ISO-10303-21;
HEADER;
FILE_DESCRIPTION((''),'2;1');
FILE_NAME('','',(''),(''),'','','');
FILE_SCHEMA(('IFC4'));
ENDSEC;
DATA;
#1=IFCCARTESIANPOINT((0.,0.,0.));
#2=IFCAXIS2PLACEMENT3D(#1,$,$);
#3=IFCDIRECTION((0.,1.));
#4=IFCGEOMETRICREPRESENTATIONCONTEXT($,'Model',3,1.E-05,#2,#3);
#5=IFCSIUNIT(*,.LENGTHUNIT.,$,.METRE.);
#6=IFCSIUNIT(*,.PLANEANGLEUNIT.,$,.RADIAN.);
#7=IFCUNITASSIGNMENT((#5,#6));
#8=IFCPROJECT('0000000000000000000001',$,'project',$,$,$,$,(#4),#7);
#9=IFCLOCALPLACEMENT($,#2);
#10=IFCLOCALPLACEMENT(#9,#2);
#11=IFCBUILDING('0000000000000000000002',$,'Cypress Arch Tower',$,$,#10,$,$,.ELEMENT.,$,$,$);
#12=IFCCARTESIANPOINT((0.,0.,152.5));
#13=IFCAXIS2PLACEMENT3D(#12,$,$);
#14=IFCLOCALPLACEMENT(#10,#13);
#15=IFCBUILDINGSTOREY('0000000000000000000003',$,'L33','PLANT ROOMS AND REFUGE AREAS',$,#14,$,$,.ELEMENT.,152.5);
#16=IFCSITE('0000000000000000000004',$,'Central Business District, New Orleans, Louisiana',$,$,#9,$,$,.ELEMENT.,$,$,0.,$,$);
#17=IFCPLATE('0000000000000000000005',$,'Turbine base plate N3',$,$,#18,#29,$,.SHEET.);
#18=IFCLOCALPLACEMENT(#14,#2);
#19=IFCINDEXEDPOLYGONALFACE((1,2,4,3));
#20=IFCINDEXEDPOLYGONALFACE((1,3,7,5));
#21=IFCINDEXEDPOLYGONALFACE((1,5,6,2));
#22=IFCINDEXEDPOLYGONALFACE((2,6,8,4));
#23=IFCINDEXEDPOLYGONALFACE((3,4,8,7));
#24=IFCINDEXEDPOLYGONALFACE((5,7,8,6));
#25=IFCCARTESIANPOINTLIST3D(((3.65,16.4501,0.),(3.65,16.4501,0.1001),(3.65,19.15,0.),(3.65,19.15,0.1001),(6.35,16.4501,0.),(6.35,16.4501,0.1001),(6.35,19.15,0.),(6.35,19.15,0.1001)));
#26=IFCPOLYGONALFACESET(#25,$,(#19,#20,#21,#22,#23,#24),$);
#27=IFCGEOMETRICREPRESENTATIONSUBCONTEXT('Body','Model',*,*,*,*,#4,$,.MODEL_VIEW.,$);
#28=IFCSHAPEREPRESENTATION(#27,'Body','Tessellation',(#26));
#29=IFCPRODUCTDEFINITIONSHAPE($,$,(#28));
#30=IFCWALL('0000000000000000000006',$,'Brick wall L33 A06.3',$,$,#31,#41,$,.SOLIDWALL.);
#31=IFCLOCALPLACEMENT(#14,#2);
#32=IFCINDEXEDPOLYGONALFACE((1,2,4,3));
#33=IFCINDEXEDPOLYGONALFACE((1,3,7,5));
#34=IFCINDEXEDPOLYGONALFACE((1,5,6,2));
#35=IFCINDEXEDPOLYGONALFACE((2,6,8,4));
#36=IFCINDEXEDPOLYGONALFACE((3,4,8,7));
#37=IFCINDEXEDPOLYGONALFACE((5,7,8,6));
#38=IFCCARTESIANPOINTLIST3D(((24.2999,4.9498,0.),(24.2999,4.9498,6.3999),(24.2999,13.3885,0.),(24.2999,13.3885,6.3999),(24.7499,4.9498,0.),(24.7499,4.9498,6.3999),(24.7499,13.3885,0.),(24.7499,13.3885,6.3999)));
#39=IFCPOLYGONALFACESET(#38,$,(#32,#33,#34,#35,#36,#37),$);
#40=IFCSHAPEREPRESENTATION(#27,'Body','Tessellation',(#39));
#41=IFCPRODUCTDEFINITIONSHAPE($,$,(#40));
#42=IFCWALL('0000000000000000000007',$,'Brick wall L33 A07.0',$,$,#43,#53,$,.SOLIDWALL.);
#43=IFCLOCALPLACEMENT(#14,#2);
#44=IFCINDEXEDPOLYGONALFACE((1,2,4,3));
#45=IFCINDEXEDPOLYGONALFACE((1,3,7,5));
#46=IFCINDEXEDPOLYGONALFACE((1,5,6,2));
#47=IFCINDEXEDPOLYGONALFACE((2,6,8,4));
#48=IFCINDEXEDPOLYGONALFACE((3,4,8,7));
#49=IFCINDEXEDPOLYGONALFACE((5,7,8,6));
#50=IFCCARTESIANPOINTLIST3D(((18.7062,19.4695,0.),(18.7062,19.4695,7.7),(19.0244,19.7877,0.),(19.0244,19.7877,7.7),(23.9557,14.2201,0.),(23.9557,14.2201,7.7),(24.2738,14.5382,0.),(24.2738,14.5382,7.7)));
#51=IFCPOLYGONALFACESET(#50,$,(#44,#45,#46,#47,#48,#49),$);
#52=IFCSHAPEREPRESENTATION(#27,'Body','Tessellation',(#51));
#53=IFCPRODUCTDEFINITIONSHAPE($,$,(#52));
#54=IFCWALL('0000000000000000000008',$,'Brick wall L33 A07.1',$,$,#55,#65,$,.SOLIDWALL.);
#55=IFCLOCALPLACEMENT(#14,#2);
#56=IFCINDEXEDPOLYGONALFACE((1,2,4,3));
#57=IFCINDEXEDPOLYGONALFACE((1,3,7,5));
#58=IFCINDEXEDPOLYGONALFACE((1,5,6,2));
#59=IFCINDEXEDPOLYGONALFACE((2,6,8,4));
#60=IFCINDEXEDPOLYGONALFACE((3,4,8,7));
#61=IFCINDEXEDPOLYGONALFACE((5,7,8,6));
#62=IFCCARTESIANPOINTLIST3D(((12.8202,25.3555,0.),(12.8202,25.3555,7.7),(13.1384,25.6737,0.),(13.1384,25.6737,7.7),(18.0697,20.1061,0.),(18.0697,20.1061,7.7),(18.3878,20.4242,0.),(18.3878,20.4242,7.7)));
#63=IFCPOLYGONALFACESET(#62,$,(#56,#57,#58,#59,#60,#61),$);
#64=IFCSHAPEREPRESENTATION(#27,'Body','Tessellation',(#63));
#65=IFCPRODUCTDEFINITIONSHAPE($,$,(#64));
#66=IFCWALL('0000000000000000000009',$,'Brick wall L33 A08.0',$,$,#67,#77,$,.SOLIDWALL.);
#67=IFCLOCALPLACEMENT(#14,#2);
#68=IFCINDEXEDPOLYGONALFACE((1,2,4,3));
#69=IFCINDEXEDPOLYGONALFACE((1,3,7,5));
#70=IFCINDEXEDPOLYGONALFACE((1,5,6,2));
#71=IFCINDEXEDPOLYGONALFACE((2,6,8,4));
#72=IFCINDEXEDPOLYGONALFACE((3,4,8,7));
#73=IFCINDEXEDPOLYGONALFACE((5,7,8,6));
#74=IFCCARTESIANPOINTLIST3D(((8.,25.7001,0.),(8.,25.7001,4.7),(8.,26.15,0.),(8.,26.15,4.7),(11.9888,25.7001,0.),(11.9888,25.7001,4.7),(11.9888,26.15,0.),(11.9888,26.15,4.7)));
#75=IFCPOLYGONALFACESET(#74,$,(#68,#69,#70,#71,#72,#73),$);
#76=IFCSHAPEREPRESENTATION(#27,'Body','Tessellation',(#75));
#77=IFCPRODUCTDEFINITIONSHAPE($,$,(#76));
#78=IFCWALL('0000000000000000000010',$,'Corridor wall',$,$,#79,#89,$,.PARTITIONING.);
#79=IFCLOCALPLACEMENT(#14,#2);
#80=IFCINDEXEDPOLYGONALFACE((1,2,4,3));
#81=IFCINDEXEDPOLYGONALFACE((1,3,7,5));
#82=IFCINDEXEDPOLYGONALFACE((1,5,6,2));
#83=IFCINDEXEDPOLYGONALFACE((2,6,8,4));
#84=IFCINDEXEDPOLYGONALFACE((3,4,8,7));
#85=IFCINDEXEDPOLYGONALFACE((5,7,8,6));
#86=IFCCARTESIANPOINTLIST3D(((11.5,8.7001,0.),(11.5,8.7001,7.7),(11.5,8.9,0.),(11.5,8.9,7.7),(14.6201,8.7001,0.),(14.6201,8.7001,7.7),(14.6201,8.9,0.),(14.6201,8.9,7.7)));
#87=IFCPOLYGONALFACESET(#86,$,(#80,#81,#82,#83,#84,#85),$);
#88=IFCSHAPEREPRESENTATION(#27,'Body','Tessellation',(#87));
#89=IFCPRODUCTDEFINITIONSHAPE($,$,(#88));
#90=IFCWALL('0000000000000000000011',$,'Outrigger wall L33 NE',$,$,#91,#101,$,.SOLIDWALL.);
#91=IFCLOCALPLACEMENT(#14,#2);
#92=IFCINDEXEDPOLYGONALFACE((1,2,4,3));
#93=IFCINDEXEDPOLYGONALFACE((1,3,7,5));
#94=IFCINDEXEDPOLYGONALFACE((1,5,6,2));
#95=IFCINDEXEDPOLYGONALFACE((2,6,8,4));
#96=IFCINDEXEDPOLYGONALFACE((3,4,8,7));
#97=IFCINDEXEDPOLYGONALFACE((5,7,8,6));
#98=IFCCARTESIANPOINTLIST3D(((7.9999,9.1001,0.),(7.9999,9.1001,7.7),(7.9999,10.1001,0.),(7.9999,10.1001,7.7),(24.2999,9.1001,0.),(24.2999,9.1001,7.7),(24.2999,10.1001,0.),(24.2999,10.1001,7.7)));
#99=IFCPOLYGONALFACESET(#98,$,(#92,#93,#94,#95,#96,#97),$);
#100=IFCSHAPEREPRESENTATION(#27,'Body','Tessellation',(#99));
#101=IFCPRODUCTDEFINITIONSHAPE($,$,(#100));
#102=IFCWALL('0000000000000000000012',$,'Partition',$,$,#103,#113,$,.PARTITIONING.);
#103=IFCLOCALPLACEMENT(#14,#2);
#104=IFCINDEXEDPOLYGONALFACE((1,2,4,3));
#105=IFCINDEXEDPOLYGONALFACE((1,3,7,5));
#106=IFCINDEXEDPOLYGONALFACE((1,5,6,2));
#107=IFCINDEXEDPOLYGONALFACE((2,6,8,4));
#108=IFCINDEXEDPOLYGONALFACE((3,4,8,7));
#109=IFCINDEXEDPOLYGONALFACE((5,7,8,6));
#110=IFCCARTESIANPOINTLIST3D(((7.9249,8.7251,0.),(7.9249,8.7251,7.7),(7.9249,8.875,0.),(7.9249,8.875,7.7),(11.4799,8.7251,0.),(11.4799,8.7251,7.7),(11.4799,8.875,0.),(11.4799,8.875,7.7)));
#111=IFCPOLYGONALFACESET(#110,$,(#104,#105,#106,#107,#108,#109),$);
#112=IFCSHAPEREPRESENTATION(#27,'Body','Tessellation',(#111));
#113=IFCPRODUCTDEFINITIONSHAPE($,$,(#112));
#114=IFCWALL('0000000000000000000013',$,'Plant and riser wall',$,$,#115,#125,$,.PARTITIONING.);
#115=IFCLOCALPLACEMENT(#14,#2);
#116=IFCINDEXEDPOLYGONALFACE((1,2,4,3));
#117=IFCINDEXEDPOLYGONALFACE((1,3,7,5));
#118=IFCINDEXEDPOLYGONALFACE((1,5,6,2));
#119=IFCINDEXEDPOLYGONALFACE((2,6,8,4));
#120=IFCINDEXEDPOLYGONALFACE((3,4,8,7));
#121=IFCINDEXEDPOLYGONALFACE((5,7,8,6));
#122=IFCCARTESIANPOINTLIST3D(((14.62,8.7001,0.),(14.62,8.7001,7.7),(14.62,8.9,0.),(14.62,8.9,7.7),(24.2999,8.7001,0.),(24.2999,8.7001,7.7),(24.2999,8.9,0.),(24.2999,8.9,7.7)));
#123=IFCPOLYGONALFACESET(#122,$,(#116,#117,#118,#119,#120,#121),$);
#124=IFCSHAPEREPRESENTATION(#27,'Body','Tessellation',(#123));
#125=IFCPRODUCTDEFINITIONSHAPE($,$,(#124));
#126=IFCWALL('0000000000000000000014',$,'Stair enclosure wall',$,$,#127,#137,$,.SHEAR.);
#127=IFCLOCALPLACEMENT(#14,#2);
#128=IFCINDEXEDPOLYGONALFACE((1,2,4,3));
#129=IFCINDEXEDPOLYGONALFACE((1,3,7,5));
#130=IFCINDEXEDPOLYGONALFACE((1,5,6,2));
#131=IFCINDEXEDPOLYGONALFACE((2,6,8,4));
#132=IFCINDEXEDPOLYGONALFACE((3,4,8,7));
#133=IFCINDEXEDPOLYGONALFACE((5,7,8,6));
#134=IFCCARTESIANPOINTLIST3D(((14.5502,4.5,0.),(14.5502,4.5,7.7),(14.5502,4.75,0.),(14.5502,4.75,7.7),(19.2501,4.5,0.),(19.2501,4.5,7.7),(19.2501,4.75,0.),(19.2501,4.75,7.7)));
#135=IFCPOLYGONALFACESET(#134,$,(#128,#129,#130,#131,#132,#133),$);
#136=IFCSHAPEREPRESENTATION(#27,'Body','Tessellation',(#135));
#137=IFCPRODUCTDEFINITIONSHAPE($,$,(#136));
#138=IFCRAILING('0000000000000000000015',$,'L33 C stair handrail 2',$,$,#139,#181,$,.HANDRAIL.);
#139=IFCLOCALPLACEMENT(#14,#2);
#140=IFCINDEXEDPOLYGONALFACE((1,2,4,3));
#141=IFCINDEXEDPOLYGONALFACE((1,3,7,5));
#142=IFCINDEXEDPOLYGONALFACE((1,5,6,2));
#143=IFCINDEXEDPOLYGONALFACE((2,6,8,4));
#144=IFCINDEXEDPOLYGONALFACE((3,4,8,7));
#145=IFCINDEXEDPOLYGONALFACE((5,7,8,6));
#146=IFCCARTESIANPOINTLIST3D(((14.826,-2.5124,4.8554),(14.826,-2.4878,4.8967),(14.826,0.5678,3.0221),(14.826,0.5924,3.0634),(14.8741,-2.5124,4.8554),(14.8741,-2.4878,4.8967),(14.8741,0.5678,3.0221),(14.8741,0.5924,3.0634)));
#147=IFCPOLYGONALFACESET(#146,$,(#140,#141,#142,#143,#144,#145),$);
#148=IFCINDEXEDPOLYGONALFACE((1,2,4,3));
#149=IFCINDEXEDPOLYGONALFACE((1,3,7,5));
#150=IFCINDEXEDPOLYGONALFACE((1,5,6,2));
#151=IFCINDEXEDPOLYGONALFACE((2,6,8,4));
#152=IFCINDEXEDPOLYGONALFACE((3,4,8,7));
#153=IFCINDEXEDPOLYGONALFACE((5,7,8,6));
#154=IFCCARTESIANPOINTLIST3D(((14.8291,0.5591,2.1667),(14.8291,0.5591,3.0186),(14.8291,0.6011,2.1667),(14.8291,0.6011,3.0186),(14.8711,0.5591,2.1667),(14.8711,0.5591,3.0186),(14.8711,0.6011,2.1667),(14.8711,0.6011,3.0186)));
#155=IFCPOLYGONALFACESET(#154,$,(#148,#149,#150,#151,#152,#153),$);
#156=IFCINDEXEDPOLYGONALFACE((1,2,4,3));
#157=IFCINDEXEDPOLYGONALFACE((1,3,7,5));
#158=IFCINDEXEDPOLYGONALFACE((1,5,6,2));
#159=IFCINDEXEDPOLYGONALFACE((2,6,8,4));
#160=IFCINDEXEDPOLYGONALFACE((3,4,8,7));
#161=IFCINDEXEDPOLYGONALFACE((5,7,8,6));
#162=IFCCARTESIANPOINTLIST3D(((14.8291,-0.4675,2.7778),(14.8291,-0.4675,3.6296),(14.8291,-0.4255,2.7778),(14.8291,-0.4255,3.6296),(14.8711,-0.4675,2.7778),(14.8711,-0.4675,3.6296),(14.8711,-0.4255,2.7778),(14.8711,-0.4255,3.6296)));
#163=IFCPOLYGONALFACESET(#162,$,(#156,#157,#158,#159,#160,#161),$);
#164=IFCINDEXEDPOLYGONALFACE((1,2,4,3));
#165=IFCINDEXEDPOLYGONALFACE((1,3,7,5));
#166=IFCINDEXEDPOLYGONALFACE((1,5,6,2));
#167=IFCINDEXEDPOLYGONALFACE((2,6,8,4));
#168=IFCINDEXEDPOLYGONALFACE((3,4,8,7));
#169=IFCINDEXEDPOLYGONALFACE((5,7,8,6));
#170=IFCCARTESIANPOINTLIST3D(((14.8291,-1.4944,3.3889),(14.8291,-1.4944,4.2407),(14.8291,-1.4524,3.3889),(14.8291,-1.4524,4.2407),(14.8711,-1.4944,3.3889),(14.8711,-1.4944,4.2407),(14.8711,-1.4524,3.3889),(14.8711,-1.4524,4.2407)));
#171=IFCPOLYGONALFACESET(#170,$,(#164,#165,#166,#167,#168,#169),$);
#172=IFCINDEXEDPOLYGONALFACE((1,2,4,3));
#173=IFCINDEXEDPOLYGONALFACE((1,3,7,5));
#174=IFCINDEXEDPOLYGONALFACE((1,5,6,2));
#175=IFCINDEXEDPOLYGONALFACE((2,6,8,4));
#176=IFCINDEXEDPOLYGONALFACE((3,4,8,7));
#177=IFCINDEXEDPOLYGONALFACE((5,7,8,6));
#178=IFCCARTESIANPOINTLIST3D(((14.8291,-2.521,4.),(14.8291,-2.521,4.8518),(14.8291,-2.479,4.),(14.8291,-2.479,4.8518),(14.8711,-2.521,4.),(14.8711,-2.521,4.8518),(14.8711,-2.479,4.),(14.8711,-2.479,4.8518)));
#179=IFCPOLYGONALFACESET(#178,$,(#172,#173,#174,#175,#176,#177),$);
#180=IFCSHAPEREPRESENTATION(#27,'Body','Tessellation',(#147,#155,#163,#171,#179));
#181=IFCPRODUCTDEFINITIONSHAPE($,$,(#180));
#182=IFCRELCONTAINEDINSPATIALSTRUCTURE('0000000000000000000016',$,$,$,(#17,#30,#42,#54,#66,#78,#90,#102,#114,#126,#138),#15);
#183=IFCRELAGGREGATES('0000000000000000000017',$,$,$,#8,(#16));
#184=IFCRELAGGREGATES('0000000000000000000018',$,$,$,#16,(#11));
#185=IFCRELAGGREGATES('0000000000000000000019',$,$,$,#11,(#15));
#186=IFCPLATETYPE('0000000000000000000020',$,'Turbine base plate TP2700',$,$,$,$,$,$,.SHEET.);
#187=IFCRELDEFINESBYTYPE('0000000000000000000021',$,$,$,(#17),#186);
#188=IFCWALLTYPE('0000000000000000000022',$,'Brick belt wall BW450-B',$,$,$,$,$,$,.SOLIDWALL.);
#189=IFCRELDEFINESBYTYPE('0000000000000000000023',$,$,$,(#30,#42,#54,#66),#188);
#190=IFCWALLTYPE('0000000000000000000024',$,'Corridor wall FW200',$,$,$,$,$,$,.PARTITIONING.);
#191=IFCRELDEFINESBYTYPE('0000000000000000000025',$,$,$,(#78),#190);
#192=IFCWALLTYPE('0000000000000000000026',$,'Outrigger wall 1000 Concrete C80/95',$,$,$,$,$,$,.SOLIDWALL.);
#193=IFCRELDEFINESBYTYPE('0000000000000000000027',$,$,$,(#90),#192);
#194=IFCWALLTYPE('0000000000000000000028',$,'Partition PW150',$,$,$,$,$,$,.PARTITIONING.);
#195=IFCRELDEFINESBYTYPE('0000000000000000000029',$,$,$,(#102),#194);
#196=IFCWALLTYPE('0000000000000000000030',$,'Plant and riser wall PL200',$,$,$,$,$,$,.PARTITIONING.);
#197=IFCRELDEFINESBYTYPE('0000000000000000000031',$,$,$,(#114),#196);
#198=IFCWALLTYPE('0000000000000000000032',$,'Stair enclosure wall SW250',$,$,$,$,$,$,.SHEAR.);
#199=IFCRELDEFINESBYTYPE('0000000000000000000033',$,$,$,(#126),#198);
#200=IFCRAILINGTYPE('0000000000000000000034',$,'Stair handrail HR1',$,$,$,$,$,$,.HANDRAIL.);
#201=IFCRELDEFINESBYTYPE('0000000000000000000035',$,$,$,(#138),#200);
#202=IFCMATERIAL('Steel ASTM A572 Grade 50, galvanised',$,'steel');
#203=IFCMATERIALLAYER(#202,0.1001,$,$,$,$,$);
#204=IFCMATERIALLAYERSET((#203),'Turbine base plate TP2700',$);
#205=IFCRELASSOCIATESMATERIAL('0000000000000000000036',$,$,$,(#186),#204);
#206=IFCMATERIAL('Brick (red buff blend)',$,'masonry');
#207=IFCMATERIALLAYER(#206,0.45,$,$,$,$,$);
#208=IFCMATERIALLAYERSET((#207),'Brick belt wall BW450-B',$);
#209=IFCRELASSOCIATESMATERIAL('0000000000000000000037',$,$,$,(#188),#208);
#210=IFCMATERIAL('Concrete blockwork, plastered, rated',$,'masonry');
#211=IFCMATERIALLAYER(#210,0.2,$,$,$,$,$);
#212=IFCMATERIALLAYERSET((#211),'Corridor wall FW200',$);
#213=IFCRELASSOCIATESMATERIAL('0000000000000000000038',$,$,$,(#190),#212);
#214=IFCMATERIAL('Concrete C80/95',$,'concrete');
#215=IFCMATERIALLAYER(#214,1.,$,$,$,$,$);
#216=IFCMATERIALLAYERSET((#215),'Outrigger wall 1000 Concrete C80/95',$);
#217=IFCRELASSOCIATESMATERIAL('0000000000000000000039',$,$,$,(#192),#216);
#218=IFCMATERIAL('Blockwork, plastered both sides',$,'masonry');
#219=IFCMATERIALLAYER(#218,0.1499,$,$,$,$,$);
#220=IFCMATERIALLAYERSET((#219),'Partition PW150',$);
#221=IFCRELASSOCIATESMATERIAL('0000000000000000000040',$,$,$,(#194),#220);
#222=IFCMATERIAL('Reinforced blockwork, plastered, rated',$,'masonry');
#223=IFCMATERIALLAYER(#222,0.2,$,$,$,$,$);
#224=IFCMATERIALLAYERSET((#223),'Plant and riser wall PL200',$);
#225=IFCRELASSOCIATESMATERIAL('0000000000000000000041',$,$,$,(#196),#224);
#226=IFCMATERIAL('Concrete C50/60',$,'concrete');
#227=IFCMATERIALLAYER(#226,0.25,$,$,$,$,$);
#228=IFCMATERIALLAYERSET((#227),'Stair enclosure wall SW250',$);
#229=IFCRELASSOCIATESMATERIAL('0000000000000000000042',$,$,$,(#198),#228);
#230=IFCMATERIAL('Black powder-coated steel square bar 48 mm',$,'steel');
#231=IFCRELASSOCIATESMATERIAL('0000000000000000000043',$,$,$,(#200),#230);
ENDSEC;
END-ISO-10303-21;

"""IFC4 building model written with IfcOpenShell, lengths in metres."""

from ifc_helpers import new_model, si_unit, direction, frame, frame_2d, origin, origin_2d, place, context, subcontext, project, spatial, rectangle, extrude, material, layer, layer_set, type_object, element, save


model = new_model("IFC4")

# Units and contexts
model_context = context("Model", 3, precision=1e-05, world=origin(), true_north=direction((0.0, 1.0)))
body_context = subcontext(model_context, "Body", "Model", "MODEL_VIEW")
ifc_project = project(units=[si_unit("LENGTHUNIT", "METRE"), si_unit("PLANEANGLEUNIT", "RADIAN")], contexts=[model_context])

# Site, building, storey
site_placement = place(None, origin())
site = spatial("IfcSite", under=ifc_project, at=site_placement, Name="Central Business District, New Orleans, Louisiana", CompositionType="ELEMENT", RefElevation=0.0)
building_placement = place(site_placement, origin())
building = spatial("IfcBuilding", under=site, at=building_placement, Name="Cypress Arch Tower", CompositionType="ELEMENT")
storey_placement = place(building_placement, frame((0.0, 0.0, 152.5)))
storey = spatial("IfcBuildingStorey", under=building, at=storey_placement, Name="L33", Description="PLANT ROOMS AND REFUGE AREAS", CompositionType="ELEMENT", Elevation=152.5)

# Plate
ifc_material_1 = material(Name="Steel ASTM A572 Grade 50, galvanised", Category="steel")
ifc_layer_1 = layer(ifc_material_1, 0.1001)
ifc_layer_set_1 = layer_set([ifc_layer_1], Name="Turbine base plate TP2700")
plate_type = type_object("IfcPlateType", Name="Turbine base plate TP2700", PredefinedType="SHEET", material=ifc_layer_set_1)
for number, where, z_axis, x_axis, name in (
    (1, (5.0, 17.8, 0.0), (0.0, 0.0, 1.0), (1.0, 0.0, 0.0), "Turbine base plate N3"),
):
    element("IfcPlate", number, at=place(storey_placement, frame(where, z_axis=z_axis, x_axis=x_axis)), inside=storey, type_object=plate_type, Name=name, PredefinedType="SHEET", context=body_context, shape_type="SweptSolid", body=[
        extrude(rectangle(XDim=2.7, YDim=2.7, at=origin_2d()), origin(), (0.0, 0.0, 1.0), 0.1001),
    ])

# Walls
ifc_material_2 = material(Name="Brick (red buff blend)", Category="masonry")
ifc_layer_2 = layer(ifc_material_2, 0.45)
ifc_layer_set_2 = layer_set([ifc_layer_2], Name="Brick belt wall BW450-B")
wall_type_1 = type_object("IfcWallType", Name="Brick belt wall BW450-B", PredefinedType="SOLIDWALL", material=ifc_layer_set_2)
wall_1_placement = place(storey_placement, frame((24.5249, 4.95, 0.0), z_axis=(0.0, 0.0, 1.0), x_axis=(0.0, 1.0, 0.0)))
element("IfcWall", 2, at=wall_1_placement, inside=storey, type_object=wall_type_1, Name="Brick wall L33 A06.3", PredefinedType="SOLIDWALL", context=body_context, shape_type="SweptSolid", body=[
    extrude(rectangle(XDim=8.4387, YDim=0.45, at=frame_2d((4.2192, 0.0))), origin(), (0.0, 0.0, 1.0), 6.3999),
])
for number, where, z_axis, x_axis, name in (
    (3, (24.1147, 14.3792, 0.0), (0.0, 0.0, 1.0), (-0.707107, 0.707107, 0.0), "Brick wall L33 A07.0"),
    (4, (18.2288, 20.2651, 0.0), (0.0, 0.0, 1.0), (-0.707107, 0.707107, 0.0), "Brick wall L33 A07.1"),
):
    element("IfcWall", number, at=place(storey_placement, frame(where, z_axis=z_axis, x_axis=x_axis)), inside=storey, type_object=wall_type_1, Name=name, PredefinedType="SOLIDWALL", context=body_context, shape_type="SweptSolid", body=[
        extrude(rectangle(XDim=7.4238, YDim=0.45, at=frame_2d((3.7119, 0.0))), origin(), (0.0, 0.0, 1.0), 7.7),
    ])
wall_2_placement = place(storey_placement, frame((11.9888, 25.925, 0.0), z_axis=(0.0, 0.0, 1.0), x_axis=(-1.0, 0.0, 0.0)))
element("IfcWall", 5, at=wall_2_placement, inside=storey, type_object=wall_type_1, Name="Brick wall L33 A08.0", PredefinedType="SOLIDWALL", context=body_context, shape_type="SweptSolid", body=[
    extrude(rectangle(XDim=3.9888, YDim=0.45, at=frame_2d((1.9944, 0.0))), origin(), (0.0, 0.0, 1.0), 4.7),
])
ifc_material_3 = material(Name="Concrete blockwork, plastered, rated", Category="masonry")
ifc_layer_3 = layer(ifc_material_3, 0.2)
ifc_layer_set_3 = layer_set([ifc_layer_3], Name="Corridor wall FW200")
wall_type_2 = type_object("IfcWallType", Name="Corridor wall FW200", PredefinedType="PARTITIONING", material=ifc_layer_set_3)
wall_3_placement = place(storey_placement, frame((11.5, 8.8, 0.0), z_axis=(0.0, 0.0, 1.0), x_axis=(1.0, 0.0, 0.0)))
element("IfcWall", 6, at=wall_3_placement, inside=storey, type_object=wall_type_2, Name="Corridor wall", PredefinedType="PARTITIONING", context=body_context, shape_type="SweptSolid", body=[
    extrude(rectangle(XDim=3.1201, YDim=0.2, at=frame_2d((1.5601, 0.0))), origin(), (0.0, 0.0, 1.0), 7.7),
])
ifc_material_4 = material(Name="Concrete C80/95", Category="concrete")
ifc_layer_4 = layer(ifc_material_4, 1.0)
ifc_layer_set_4 = layer_set([ifc_layer_4], Name="Outrigger wall 1000 Concrete C80/95")
wall_type_3 = type_object("IfcWallType", Name="Outrigger wall 1000 Concrete C80/95", PredefinedType="SOLIDWALL", material=ifc_layer_set_4)
wall_4_placement = place(storey_placement, frame((8.0, 9.6001, 0.0), z_axis=(0.0, 0.0, 1.0), x_axis=(1.0, 0.0, 0.0)))
element("IfcWall", 7, at=wall_4_placement, inside=storey, type_object=wall_type_3, Name="Outrigger wall L33 NE", PredefinedType="SOLIDWALL", context=body_context, shape_type="SweptSolid", body=[
    extrude(rectangle(XDim=16.3, YDim=1.0, at=frame_2d((8.1499, 0.0))), origin(), (0.0, 0.0, 1.0), 7.7),
])
ifc_material_5 = material(Name="Blockwork, plastered both sides", Category="masonry")
ifc_layer_5 = layer(ifc_material_5, 0.1499)
ifc_layer_set_5 = layer_set([ifc_layer_5], Name="Partition PW150")
wall_type_4 = type_object("IfcWallType", Name="Partition PW150", PredefinedType="PARTITIONING", material=ifc_layer_set_5)
wall_5_placement = place(storey_placement, frame((7.925, 8.8, 0.0), z_axis=(0.0, 0.0, 1.0), x_axis=(1.0, 0.0, 0.0)))
element("IfcWall", 8, at=wall_5_placement, inside=storey, type_object=wall_type_4, Name="Partition", PredefinedType="PARTITIONING", context=body_context, shape_type="SweptSolid", body=[
    extrude(rectangle(XDim=3.5549, YDim=0.1499, at=frame_2d((1.7773, 0.0))), origin(), (0.0, 0.0, 1.0), 7.7),
])

# Shared definitions
ifc_material_6 = material(Name="Reinforced blockwork, plastered, rated", Category="masonry")
ifc_layer_6 = layer(ifc_material_6, 0.2)
ifc_layer_set_6 = layer_set([ifc_layer_6], Name="Plant and riser wall PL200")
wall_type_5 = type_object("IfcWallType", Name="Plant and riser wall PL200", PredefinedType="PARTITIONING", material=ifc_layer_set_6)

# Walls
wall_6_placement = place(storey_placement, frame((14.6201, 8.8, 0.0), z_axis=(0.0, 0.0, 1.0), x_axis=(1.0, 0.0, 0.0)))
element("IfcWall", 9, at=wall_6_placement, inside=storey, type_object=wall_type_5, Name="Plant and riser wall", PredefinedType="PARTITIONING", context=body_context, shape_type="SweptSolid", body=[
    extrude(rectangle(XDim=9.6799, YDim=0.2, at=frame_2d((4.8398, 0.0))), origin(), (0.0, 0.0, 1.0), 7.7),
])
ifc_material_7 = material(Name="Concrete C50/60", Category="concrete")
ifc_layer_7 = layer(ifc_material_7, 0.25)
ifc_layer_set_7 = layer_set([ifc_layer_7], Name="Stair enclosure wall SW250")
wall_type_6 = type_object("IfcWallType", Name="Stair enclosure wall SW250", PredefinedType="SHEAR", material=ifc_layer_set_7)
wall_7_placement = place(storey_placement, frame((14.55, 4.625, 0.0), z_axis=(0.0, 0.0, 1.0), x_axis=(1.0, 0.0, 0.0)))
element("IfcWall", 10, at=wall_7_placement, inside=storey, type_object=wall_type_6, Name="Stair enclosure wall", PredefinedType="SHEAR", context=body_context, shape_type="SweptSolid", body=[
    extrude(rectangle(XDim=4.7, YDim=0.25, at=frame_2d((2.3501, 0.0))), origin(), (0.0, 0.0, 1.0), 7.7),
])

# Railing
ifc_material_8 = material(Name="Black powder-coated steel square bar 48 mm", Category="steel")
railing_type_1 = type_object("IfcRailingType", Name="Stair handrail HR1", PredefinedType="HANDRAIL", material=ifc_material_8)
for number, where, name in (
    (11, (14.8501, 0.5801, 2.1667), "L33 C stair handrail 2"),
):
    element("IfcRailing", number, at=place(storey_placement, frame(where)), inside=storey, type_object=railing_type_1, Name=name, PredefinedType="HANDRAIL", context=body_context, shape_type="SweptSolid", body=[
        extrude(rectangle(XDim=0.0481, YDim=0.0481, at=origin_2d()), frame((0.0, 0.0, 0.876), z_axis=(0.0, -0.859309, 0.511458), x_axis=(1.0, 0.0, 0.0)), (0.0, 0.0, 1.0), 3.5845),
        extrude(rectangle(XDim=0.042, YDim=0.042, at=origin_2d()), origin(), (0.0, 0.0, 1.0), 0.8518),
        extrude(rectangle(XDim=0.042, YDim=0.042, at=origin_2d()), frame((0.0, -1.0266, 0.6111)), (0.0, 0.0, 1.0), 0.8518),
        extrude(rectangle(XDim=0.042, YDim=0.042, at=origin_2d()), frame((0.0, -2.0535, 1.2222)), (0.0, 0.0, 1.0), 0.8518),
        extrude(rectangle(XDim=0.042, YDim=0.042, at=origin_2d()), frame((0.0, -3.0801, 1.8333)), (0.0, 0.0, 1.0), 0.8518),
    ])

save(model, "model.ifc")
